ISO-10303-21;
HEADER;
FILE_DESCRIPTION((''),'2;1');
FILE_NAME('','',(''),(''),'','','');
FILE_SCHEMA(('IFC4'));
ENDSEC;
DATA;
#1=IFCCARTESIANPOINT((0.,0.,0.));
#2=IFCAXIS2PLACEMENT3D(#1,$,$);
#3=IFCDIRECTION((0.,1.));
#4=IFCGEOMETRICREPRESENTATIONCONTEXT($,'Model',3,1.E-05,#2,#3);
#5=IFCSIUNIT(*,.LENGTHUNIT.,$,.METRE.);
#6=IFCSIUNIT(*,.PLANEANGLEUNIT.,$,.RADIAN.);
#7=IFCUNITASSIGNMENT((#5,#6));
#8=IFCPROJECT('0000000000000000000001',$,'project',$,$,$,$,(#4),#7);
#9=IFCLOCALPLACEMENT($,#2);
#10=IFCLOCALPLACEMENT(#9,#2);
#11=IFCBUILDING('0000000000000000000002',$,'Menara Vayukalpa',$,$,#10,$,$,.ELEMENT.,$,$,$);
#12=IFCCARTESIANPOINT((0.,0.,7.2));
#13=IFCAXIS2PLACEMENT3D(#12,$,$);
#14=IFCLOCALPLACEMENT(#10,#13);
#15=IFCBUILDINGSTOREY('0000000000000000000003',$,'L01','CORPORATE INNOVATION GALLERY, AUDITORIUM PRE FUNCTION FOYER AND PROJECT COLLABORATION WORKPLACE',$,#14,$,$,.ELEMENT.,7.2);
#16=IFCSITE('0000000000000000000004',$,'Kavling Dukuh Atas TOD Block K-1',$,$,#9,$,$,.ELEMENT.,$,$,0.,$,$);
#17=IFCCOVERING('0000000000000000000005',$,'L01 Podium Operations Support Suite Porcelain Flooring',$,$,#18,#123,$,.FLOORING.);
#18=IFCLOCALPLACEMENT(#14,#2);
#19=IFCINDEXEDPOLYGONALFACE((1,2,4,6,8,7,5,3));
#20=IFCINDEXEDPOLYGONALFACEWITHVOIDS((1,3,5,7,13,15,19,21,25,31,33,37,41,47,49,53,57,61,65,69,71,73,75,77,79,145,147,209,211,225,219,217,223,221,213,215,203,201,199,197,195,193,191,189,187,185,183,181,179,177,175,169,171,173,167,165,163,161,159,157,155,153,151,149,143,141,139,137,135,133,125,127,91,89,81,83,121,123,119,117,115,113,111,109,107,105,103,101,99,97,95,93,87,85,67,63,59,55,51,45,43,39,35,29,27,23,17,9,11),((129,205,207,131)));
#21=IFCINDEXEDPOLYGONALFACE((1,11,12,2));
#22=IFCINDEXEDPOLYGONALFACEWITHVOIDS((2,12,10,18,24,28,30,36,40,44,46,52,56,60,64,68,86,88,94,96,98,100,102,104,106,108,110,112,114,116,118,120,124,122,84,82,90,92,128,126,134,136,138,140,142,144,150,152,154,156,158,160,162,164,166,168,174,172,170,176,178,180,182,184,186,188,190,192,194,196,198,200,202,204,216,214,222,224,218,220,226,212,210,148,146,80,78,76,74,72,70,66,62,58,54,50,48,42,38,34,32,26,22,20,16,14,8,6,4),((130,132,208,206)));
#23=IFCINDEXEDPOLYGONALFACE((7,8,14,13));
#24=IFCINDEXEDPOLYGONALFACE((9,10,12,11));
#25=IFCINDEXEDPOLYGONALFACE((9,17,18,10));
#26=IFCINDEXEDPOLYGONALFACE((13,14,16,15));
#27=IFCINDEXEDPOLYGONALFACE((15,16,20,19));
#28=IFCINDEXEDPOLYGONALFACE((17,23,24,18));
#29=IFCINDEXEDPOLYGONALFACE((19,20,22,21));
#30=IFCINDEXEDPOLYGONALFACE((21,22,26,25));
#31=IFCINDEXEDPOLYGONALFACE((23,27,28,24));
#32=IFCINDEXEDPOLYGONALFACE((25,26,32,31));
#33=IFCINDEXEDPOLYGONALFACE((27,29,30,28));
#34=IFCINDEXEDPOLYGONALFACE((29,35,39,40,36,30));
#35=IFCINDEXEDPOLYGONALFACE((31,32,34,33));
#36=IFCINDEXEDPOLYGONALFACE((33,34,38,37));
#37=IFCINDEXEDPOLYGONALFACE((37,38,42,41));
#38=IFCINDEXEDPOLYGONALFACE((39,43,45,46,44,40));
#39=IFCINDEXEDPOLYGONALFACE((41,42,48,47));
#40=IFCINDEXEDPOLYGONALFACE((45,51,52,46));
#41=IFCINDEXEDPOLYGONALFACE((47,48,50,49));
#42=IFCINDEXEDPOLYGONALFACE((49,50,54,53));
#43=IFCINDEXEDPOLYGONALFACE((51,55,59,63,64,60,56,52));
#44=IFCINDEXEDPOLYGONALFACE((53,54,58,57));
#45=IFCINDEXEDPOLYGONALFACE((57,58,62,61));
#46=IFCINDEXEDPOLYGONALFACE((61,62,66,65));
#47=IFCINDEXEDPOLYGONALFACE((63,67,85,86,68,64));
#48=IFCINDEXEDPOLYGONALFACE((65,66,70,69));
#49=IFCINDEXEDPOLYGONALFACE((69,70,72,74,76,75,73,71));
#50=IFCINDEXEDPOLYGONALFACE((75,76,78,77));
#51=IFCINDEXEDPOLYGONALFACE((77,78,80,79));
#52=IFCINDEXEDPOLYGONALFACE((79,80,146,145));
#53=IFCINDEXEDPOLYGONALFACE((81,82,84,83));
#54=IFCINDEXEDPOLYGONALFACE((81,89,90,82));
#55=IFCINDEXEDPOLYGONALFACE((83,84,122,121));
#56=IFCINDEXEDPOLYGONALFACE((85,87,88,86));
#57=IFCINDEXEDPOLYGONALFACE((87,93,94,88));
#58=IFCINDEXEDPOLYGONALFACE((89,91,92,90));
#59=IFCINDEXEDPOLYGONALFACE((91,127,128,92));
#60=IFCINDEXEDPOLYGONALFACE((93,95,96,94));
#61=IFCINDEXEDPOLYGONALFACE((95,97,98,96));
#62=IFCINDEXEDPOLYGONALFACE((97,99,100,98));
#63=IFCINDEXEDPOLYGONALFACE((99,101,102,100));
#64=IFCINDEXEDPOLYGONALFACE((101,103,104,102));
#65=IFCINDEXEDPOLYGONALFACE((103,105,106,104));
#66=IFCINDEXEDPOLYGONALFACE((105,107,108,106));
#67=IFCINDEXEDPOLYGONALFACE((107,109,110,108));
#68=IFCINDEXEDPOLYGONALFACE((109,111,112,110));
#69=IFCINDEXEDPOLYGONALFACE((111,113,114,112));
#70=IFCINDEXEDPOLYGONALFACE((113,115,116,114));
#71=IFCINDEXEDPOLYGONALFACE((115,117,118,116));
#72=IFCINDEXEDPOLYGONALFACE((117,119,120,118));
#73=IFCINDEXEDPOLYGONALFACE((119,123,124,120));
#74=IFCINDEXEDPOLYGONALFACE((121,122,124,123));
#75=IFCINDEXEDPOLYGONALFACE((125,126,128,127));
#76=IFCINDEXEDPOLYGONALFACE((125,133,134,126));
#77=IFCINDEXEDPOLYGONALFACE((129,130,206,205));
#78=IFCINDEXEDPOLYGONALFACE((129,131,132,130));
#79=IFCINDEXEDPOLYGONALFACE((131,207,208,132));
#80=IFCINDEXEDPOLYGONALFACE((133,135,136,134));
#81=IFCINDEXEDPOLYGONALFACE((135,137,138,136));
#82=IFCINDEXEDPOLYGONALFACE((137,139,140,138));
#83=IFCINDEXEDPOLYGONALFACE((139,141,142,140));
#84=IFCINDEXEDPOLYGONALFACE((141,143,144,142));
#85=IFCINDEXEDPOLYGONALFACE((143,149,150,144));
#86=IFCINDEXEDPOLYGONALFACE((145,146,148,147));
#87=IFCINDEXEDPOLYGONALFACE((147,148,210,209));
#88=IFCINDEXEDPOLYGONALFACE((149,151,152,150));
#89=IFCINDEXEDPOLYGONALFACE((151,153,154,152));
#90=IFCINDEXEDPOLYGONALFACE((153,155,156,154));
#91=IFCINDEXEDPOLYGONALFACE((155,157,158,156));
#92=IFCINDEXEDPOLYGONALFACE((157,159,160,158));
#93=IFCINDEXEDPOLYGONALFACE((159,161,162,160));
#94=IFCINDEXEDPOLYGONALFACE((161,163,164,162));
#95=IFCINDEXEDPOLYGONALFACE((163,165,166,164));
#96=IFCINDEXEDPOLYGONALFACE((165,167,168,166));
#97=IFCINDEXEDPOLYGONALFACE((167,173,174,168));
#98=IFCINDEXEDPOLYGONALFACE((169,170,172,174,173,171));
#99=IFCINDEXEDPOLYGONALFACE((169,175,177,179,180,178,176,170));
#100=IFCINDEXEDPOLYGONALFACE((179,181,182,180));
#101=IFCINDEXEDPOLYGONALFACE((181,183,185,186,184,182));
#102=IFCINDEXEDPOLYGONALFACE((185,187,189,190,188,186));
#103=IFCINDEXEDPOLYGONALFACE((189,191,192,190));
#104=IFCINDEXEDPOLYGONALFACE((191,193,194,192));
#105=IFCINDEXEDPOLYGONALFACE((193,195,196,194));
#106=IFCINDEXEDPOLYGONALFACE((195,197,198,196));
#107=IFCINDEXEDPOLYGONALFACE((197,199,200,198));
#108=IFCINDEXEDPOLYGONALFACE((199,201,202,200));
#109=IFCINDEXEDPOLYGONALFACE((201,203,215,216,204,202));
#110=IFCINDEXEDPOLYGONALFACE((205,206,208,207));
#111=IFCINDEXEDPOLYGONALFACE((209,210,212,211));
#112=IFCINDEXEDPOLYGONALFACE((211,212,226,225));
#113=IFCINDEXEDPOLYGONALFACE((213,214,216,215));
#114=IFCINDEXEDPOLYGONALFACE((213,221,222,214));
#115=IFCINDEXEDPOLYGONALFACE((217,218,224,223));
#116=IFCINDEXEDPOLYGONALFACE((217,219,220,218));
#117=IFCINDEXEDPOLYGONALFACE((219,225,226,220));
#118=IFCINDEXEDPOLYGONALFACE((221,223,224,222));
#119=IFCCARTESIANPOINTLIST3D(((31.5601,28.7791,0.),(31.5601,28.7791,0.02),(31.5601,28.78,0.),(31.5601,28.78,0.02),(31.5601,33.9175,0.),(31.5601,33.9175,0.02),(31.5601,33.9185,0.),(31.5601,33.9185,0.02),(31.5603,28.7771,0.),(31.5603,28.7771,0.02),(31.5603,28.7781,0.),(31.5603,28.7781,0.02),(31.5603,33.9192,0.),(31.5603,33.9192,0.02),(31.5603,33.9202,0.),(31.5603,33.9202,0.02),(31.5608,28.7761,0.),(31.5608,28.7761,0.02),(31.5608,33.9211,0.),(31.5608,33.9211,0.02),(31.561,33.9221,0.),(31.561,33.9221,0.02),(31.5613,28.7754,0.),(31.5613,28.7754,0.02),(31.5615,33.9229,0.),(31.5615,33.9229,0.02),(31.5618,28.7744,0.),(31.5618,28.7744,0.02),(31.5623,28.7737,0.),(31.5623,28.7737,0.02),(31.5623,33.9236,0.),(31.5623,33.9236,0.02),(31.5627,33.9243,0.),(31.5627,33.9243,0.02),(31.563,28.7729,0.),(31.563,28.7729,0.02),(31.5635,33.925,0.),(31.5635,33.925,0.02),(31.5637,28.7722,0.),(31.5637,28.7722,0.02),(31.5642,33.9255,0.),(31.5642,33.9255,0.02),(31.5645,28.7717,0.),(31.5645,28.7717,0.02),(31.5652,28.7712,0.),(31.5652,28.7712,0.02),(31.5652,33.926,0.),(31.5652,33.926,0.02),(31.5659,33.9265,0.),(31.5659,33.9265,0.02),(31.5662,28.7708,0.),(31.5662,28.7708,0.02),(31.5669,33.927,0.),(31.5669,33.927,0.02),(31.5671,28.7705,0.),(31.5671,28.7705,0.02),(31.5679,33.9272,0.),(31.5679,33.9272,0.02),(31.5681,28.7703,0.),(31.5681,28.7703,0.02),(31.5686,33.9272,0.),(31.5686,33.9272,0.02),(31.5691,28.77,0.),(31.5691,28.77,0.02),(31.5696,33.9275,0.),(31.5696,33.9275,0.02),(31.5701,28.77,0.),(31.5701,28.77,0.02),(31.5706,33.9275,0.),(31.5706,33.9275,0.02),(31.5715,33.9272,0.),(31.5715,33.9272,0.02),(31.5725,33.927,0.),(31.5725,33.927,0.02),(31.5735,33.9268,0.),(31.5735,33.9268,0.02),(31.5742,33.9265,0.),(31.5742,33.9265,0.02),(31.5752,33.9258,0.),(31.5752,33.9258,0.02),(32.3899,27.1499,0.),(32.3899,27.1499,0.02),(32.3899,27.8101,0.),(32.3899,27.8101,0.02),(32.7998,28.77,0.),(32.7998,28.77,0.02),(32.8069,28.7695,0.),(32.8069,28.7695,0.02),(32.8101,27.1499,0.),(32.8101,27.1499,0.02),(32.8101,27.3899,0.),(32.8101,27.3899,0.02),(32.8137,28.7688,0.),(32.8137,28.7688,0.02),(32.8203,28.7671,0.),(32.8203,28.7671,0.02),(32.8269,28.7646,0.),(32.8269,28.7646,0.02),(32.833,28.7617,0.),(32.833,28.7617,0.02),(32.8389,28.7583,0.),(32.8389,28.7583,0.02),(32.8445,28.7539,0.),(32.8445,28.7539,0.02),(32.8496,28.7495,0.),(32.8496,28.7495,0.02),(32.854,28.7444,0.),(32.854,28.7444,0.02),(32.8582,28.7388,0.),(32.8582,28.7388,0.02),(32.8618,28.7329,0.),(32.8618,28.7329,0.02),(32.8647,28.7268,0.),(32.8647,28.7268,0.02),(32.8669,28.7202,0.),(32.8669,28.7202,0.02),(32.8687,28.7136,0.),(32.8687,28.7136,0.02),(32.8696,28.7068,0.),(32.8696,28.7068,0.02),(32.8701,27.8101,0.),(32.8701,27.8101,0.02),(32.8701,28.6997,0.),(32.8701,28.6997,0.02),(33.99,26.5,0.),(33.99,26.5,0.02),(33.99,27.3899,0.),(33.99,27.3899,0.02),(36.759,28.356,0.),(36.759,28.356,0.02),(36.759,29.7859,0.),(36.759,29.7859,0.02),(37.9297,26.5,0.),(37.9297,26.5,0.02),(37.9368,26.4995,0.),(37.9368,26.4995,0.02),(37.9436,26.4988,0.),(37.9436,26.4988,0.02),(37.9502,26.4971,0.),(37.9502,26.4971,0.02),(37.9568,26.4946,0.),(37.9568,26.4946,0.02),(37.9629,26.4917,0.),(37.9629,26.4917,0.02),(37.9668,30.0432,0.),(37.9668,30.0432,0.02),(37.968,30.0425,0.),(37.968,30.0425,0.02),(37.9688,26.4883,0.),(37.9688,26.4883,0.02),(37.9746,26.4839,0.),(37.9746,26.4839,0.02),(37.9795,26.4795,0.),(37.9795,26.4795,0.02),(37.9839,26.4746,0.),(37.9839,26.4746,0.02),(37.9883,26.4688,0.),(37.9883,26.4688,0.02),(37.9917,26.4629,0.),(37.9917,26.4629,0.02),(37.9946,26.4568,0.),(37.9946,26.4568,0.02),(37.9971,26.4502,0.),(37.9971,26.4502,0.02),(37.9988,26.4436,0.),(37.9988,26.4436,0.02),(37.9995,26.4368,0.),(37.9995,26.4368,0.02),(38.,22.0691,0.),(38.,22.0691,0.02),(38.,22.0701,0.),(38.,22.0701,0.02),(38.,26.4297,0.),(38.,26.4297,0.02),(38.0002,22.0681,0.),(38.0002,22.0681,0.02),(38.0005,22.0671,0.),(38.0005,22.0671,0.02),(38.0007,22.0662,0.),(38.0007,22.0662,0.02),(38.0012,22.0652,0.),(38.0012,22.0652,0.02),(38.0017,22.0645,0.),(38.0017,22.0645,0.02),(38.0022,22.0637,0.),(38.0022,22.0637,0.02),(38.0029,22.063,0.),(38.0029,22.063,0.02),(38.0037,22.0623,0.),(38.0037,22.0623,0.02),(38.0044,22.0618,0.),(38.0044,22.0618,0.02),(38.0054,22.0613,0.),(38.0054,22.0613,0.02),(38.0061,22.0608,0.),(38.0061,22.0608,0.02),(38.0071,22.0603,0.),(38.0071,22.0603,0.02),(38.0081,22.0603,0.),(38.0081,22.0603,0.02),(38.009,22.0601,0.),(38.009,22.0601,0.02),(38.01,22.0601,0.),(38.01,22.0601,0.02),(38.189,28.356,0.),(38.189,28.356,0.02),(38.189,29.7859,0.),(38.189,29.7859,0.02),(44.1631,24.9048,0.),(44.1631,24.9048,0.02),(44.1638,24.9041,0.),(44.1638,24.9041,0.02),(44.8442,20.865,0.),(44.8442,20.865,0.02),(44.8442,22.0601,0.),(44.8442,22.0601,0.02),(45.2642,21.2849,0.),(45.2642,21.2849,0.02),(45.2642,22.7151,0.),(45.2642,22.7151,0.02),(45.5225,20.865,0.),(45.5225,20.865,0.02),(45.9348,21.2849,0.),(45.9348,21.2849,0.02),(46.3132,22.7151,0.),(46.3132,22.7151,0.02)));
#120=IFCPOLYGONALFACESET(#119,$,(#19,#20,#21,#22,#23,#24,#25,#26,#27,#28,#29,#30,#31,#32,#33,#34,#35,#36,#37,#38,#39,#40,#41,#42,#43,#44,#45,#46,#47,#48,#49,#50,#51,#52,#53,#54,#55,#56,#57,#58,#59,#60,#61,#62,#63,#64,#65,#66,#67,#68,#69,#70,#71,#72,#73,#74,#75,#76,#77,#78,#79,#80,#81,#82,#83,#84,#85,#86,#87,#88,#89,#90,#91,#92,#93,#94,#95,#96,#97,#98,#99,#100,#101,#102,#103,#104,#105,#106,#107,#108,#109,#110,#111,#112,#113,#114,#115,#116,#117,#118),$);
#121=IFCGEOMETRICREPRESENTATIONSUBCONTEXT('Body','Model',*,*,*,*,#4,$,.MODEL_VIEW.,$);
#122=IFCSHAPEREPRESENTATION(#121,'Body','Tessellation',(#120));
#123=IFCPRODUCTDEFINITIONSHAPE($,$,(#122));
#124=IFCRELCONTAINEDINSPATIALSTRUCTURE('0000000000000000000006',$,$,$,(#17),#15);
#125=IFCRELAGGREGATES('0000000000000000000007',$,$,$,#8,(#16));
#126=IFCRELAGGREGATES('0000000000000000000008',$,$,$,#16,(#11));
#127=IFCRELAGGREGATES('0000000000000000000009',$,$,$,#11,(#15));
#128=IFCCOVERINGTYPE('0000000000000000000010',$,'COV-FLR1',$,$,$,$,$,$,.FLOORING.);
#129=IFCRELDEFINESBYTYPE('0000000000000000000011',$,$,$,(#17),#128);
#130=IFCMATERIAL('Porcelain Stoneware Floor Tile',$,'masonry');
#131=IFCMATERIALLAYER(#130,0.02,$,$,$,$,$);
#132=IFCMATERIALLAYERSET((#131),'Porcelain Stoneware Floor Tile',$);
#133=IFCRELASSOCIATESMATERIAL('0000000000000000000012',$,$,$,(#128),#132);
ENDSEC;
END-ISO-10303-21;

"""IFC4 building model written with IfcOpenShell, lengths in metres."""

from ifc_helpers import new_model, si_unit, direction, frame, origin, place, context, subcontext, project, spatial, polyline, outline, extrude, material, layer, layer_set, type_object, element, save


model = new_model("IFC4")

# Units and contexts
model_context = context("Model", 3, precision=1e-05, world=origin(), true_north=direction((0.0, 1.0)))
body_context = subcontext(model_context, "Body", "Model", "MODEL_VIEW")
ifc_project = project(units=[si_unit("LENGTHUNIT", "METRE"), si_unit("PLANEANGLEUNIT", "RADIAN")], contexts=[model_context])

# Site, building, storey
site_placement = place(None, origin())
site = spatial("IfcSite", under=ifc_project, at=site_placement, Name="Kavling Dukuh Atas TOD Block K-1", CompositionType="ELEMENT", RefElevation=0.0)
building_placement = place(site_placement, origin())
building = spatial("IfcBuilding", under=site, at=building_placement, Name="Menara Vayukalpa", CompositionType="ELEMENT")
storey_placement = place(building_placement, frame((0.0, 0.0, 7.2)))
storey = spatial("IfcBuildingStorey", under=building, at=storey_placement, Name="L01", Description="CORPORATE INNOVATION GALLERY, AUDITORIUM PRE FUNCTION FOYER AND PROJECT COLLABORATION WORKPLACE", CompositionType="ELEMENT", Elevation=7.2)

# Covering
ifc_material_1 = material(Name="Porcelain Stoneware Floor Tile", Category="masonry")
ifc_layer_1 = layer(ifc_material_1, 0.02)
ifc_layer_set_1 = layer_set([ifc_layer_1], Name="Porcelain Stoneware Floor Tile")
covering_type_1 = type_object("IfcCoveringType", Name="COV-FLR1", PredefinedType="FLOORING", material=ifc_layer_set_1)
covering_1_placement = place(storey_placement, origin())
element("IfcCovering", 1, at=covering_1_placement, inside=storey, type_object=covering_type_1, Name="L01 Podium Operations Support Suite Porcelain Flooring", PredefinedType="FLOORING", context=body_context, shape_type="SweptSolid", body=[
    extrude(outline(polyline([(45.5225, 20.865), (44.8442, 20.865), (44.8442, 22.0601), (38.01, 22.0601), (38.009, 22.0601), (38.0081, 22.0603), (38.0071, 22.0603), (38.0061, 22.0608), (38.0054, 22.0613), (38.0044, 22.0618), (38.0037, 22.0623), (38.0029, 22.063), (38.0022, 22.0637), (38.0017, 22.0645), (38.0012, 22.0652), (38.0007, 22.0662), (38.0005, 22.0671), (38.0002, 22.0681), (38.0, 22.0691), (38.0, 22.0701), (38.0, 26.4297), (37.9995, 26.4368), (37.9988, 26.4436), (37.9971, 26.4502), (37.9946, 26.4568), (37.9917, 26.4629), (37.9883, 26.4688), (37.9839, 26.4746), (37.9795, 26.4795), (37.9746, 26.4839), (37.9688, 26.4883), (37.9629, 26.4917), (37.9568, 26.4946), (37.9502, 26.4971), (37.9436, 26.4988), (37.9368, 26.4995), (37.9297, 26.5), (33.99, 26.5), (33.99, 27.3899), (32.8101, 27.3899), (32.8101, 27.1499), (32.3899, 27.1499), (32.3899, 27.8101), (32.8701, 27.8101), (32.8701, 28.6997), (32.8696, 28.7068), (32.8687, 28.7136), (32.8669, 28.7202), (32.8647, 28.7268), (32.8618, 28.7329), (32.8582, 28.7388), (32.854, 28.7444), (32.8496, 28.7495), (32.8445, 28.7539), (32.8389, 28.7583), (32.833, 28.7617), (32.8269, 28.7646), (32.8203, 28.7671), (32.8137, 28.7688), (32.8069, 28.7695), (32.7998, 28.77), (31.5701, 28.77), (31.5691, 28.77), (31.5681, 28.7703), (31.5671, 28.7705), (31.5662, 28.7708), (31.5652, 28.7712), (31.5645, 28.7717), (31.5637, 28.7722), (31.563, 28.7729), (31.5623, 28.7737), (31.5618, 28.7744), (31.5613, 28.7754), (31.5608, 28.7761), (31.5603, 28.7771), (31.5603, 28.7781), (31.5601, 28.7791), (31.5601, 28.78), (31.5601, 33.9175), (31.5601, 33.9185), (31.5603, 33.9192), (31.5603, 33.9202), (31.5608, 33.9211), (31.561, 33.9221), (31.5615, 33.9229), (31.5623, 33.9236), (31.5627, 33.9243), (31.5635, 33.925), (31.5642, 33.9255), (31.5652, 33.926), (31.5659, 33.9265), (31.5669, 33.927), (31.5679, 33.9272), (31.5686, 33.9272), (31.5696, 33.9275), (31.5706, 33.9275), (31.5715, 33.9272), (31.5725, 33.927), (31.5735, 33.9268), (31.5742, 33.9265), (31.5752, 33.9258), (37.9668, 30.0432), (37.968, 30.0425), (44.1631, 24.9048), (44.1638, 24.9041), (46.3132, 22.7151), (45.2642, 22.7151), (45.2642, 21.2849), (45.9348, 21.2849), (45.5225, 20.865)]), holes=[polyline([(38.189, 28.356), (38.189, 29.7859), (36.759, 29.7859), (36.759, 28.356), (38.189, 28.356)])]), origin(), (0.0, 0.0, 1.0), 0.02),
])

save(model, "model.ifc")
